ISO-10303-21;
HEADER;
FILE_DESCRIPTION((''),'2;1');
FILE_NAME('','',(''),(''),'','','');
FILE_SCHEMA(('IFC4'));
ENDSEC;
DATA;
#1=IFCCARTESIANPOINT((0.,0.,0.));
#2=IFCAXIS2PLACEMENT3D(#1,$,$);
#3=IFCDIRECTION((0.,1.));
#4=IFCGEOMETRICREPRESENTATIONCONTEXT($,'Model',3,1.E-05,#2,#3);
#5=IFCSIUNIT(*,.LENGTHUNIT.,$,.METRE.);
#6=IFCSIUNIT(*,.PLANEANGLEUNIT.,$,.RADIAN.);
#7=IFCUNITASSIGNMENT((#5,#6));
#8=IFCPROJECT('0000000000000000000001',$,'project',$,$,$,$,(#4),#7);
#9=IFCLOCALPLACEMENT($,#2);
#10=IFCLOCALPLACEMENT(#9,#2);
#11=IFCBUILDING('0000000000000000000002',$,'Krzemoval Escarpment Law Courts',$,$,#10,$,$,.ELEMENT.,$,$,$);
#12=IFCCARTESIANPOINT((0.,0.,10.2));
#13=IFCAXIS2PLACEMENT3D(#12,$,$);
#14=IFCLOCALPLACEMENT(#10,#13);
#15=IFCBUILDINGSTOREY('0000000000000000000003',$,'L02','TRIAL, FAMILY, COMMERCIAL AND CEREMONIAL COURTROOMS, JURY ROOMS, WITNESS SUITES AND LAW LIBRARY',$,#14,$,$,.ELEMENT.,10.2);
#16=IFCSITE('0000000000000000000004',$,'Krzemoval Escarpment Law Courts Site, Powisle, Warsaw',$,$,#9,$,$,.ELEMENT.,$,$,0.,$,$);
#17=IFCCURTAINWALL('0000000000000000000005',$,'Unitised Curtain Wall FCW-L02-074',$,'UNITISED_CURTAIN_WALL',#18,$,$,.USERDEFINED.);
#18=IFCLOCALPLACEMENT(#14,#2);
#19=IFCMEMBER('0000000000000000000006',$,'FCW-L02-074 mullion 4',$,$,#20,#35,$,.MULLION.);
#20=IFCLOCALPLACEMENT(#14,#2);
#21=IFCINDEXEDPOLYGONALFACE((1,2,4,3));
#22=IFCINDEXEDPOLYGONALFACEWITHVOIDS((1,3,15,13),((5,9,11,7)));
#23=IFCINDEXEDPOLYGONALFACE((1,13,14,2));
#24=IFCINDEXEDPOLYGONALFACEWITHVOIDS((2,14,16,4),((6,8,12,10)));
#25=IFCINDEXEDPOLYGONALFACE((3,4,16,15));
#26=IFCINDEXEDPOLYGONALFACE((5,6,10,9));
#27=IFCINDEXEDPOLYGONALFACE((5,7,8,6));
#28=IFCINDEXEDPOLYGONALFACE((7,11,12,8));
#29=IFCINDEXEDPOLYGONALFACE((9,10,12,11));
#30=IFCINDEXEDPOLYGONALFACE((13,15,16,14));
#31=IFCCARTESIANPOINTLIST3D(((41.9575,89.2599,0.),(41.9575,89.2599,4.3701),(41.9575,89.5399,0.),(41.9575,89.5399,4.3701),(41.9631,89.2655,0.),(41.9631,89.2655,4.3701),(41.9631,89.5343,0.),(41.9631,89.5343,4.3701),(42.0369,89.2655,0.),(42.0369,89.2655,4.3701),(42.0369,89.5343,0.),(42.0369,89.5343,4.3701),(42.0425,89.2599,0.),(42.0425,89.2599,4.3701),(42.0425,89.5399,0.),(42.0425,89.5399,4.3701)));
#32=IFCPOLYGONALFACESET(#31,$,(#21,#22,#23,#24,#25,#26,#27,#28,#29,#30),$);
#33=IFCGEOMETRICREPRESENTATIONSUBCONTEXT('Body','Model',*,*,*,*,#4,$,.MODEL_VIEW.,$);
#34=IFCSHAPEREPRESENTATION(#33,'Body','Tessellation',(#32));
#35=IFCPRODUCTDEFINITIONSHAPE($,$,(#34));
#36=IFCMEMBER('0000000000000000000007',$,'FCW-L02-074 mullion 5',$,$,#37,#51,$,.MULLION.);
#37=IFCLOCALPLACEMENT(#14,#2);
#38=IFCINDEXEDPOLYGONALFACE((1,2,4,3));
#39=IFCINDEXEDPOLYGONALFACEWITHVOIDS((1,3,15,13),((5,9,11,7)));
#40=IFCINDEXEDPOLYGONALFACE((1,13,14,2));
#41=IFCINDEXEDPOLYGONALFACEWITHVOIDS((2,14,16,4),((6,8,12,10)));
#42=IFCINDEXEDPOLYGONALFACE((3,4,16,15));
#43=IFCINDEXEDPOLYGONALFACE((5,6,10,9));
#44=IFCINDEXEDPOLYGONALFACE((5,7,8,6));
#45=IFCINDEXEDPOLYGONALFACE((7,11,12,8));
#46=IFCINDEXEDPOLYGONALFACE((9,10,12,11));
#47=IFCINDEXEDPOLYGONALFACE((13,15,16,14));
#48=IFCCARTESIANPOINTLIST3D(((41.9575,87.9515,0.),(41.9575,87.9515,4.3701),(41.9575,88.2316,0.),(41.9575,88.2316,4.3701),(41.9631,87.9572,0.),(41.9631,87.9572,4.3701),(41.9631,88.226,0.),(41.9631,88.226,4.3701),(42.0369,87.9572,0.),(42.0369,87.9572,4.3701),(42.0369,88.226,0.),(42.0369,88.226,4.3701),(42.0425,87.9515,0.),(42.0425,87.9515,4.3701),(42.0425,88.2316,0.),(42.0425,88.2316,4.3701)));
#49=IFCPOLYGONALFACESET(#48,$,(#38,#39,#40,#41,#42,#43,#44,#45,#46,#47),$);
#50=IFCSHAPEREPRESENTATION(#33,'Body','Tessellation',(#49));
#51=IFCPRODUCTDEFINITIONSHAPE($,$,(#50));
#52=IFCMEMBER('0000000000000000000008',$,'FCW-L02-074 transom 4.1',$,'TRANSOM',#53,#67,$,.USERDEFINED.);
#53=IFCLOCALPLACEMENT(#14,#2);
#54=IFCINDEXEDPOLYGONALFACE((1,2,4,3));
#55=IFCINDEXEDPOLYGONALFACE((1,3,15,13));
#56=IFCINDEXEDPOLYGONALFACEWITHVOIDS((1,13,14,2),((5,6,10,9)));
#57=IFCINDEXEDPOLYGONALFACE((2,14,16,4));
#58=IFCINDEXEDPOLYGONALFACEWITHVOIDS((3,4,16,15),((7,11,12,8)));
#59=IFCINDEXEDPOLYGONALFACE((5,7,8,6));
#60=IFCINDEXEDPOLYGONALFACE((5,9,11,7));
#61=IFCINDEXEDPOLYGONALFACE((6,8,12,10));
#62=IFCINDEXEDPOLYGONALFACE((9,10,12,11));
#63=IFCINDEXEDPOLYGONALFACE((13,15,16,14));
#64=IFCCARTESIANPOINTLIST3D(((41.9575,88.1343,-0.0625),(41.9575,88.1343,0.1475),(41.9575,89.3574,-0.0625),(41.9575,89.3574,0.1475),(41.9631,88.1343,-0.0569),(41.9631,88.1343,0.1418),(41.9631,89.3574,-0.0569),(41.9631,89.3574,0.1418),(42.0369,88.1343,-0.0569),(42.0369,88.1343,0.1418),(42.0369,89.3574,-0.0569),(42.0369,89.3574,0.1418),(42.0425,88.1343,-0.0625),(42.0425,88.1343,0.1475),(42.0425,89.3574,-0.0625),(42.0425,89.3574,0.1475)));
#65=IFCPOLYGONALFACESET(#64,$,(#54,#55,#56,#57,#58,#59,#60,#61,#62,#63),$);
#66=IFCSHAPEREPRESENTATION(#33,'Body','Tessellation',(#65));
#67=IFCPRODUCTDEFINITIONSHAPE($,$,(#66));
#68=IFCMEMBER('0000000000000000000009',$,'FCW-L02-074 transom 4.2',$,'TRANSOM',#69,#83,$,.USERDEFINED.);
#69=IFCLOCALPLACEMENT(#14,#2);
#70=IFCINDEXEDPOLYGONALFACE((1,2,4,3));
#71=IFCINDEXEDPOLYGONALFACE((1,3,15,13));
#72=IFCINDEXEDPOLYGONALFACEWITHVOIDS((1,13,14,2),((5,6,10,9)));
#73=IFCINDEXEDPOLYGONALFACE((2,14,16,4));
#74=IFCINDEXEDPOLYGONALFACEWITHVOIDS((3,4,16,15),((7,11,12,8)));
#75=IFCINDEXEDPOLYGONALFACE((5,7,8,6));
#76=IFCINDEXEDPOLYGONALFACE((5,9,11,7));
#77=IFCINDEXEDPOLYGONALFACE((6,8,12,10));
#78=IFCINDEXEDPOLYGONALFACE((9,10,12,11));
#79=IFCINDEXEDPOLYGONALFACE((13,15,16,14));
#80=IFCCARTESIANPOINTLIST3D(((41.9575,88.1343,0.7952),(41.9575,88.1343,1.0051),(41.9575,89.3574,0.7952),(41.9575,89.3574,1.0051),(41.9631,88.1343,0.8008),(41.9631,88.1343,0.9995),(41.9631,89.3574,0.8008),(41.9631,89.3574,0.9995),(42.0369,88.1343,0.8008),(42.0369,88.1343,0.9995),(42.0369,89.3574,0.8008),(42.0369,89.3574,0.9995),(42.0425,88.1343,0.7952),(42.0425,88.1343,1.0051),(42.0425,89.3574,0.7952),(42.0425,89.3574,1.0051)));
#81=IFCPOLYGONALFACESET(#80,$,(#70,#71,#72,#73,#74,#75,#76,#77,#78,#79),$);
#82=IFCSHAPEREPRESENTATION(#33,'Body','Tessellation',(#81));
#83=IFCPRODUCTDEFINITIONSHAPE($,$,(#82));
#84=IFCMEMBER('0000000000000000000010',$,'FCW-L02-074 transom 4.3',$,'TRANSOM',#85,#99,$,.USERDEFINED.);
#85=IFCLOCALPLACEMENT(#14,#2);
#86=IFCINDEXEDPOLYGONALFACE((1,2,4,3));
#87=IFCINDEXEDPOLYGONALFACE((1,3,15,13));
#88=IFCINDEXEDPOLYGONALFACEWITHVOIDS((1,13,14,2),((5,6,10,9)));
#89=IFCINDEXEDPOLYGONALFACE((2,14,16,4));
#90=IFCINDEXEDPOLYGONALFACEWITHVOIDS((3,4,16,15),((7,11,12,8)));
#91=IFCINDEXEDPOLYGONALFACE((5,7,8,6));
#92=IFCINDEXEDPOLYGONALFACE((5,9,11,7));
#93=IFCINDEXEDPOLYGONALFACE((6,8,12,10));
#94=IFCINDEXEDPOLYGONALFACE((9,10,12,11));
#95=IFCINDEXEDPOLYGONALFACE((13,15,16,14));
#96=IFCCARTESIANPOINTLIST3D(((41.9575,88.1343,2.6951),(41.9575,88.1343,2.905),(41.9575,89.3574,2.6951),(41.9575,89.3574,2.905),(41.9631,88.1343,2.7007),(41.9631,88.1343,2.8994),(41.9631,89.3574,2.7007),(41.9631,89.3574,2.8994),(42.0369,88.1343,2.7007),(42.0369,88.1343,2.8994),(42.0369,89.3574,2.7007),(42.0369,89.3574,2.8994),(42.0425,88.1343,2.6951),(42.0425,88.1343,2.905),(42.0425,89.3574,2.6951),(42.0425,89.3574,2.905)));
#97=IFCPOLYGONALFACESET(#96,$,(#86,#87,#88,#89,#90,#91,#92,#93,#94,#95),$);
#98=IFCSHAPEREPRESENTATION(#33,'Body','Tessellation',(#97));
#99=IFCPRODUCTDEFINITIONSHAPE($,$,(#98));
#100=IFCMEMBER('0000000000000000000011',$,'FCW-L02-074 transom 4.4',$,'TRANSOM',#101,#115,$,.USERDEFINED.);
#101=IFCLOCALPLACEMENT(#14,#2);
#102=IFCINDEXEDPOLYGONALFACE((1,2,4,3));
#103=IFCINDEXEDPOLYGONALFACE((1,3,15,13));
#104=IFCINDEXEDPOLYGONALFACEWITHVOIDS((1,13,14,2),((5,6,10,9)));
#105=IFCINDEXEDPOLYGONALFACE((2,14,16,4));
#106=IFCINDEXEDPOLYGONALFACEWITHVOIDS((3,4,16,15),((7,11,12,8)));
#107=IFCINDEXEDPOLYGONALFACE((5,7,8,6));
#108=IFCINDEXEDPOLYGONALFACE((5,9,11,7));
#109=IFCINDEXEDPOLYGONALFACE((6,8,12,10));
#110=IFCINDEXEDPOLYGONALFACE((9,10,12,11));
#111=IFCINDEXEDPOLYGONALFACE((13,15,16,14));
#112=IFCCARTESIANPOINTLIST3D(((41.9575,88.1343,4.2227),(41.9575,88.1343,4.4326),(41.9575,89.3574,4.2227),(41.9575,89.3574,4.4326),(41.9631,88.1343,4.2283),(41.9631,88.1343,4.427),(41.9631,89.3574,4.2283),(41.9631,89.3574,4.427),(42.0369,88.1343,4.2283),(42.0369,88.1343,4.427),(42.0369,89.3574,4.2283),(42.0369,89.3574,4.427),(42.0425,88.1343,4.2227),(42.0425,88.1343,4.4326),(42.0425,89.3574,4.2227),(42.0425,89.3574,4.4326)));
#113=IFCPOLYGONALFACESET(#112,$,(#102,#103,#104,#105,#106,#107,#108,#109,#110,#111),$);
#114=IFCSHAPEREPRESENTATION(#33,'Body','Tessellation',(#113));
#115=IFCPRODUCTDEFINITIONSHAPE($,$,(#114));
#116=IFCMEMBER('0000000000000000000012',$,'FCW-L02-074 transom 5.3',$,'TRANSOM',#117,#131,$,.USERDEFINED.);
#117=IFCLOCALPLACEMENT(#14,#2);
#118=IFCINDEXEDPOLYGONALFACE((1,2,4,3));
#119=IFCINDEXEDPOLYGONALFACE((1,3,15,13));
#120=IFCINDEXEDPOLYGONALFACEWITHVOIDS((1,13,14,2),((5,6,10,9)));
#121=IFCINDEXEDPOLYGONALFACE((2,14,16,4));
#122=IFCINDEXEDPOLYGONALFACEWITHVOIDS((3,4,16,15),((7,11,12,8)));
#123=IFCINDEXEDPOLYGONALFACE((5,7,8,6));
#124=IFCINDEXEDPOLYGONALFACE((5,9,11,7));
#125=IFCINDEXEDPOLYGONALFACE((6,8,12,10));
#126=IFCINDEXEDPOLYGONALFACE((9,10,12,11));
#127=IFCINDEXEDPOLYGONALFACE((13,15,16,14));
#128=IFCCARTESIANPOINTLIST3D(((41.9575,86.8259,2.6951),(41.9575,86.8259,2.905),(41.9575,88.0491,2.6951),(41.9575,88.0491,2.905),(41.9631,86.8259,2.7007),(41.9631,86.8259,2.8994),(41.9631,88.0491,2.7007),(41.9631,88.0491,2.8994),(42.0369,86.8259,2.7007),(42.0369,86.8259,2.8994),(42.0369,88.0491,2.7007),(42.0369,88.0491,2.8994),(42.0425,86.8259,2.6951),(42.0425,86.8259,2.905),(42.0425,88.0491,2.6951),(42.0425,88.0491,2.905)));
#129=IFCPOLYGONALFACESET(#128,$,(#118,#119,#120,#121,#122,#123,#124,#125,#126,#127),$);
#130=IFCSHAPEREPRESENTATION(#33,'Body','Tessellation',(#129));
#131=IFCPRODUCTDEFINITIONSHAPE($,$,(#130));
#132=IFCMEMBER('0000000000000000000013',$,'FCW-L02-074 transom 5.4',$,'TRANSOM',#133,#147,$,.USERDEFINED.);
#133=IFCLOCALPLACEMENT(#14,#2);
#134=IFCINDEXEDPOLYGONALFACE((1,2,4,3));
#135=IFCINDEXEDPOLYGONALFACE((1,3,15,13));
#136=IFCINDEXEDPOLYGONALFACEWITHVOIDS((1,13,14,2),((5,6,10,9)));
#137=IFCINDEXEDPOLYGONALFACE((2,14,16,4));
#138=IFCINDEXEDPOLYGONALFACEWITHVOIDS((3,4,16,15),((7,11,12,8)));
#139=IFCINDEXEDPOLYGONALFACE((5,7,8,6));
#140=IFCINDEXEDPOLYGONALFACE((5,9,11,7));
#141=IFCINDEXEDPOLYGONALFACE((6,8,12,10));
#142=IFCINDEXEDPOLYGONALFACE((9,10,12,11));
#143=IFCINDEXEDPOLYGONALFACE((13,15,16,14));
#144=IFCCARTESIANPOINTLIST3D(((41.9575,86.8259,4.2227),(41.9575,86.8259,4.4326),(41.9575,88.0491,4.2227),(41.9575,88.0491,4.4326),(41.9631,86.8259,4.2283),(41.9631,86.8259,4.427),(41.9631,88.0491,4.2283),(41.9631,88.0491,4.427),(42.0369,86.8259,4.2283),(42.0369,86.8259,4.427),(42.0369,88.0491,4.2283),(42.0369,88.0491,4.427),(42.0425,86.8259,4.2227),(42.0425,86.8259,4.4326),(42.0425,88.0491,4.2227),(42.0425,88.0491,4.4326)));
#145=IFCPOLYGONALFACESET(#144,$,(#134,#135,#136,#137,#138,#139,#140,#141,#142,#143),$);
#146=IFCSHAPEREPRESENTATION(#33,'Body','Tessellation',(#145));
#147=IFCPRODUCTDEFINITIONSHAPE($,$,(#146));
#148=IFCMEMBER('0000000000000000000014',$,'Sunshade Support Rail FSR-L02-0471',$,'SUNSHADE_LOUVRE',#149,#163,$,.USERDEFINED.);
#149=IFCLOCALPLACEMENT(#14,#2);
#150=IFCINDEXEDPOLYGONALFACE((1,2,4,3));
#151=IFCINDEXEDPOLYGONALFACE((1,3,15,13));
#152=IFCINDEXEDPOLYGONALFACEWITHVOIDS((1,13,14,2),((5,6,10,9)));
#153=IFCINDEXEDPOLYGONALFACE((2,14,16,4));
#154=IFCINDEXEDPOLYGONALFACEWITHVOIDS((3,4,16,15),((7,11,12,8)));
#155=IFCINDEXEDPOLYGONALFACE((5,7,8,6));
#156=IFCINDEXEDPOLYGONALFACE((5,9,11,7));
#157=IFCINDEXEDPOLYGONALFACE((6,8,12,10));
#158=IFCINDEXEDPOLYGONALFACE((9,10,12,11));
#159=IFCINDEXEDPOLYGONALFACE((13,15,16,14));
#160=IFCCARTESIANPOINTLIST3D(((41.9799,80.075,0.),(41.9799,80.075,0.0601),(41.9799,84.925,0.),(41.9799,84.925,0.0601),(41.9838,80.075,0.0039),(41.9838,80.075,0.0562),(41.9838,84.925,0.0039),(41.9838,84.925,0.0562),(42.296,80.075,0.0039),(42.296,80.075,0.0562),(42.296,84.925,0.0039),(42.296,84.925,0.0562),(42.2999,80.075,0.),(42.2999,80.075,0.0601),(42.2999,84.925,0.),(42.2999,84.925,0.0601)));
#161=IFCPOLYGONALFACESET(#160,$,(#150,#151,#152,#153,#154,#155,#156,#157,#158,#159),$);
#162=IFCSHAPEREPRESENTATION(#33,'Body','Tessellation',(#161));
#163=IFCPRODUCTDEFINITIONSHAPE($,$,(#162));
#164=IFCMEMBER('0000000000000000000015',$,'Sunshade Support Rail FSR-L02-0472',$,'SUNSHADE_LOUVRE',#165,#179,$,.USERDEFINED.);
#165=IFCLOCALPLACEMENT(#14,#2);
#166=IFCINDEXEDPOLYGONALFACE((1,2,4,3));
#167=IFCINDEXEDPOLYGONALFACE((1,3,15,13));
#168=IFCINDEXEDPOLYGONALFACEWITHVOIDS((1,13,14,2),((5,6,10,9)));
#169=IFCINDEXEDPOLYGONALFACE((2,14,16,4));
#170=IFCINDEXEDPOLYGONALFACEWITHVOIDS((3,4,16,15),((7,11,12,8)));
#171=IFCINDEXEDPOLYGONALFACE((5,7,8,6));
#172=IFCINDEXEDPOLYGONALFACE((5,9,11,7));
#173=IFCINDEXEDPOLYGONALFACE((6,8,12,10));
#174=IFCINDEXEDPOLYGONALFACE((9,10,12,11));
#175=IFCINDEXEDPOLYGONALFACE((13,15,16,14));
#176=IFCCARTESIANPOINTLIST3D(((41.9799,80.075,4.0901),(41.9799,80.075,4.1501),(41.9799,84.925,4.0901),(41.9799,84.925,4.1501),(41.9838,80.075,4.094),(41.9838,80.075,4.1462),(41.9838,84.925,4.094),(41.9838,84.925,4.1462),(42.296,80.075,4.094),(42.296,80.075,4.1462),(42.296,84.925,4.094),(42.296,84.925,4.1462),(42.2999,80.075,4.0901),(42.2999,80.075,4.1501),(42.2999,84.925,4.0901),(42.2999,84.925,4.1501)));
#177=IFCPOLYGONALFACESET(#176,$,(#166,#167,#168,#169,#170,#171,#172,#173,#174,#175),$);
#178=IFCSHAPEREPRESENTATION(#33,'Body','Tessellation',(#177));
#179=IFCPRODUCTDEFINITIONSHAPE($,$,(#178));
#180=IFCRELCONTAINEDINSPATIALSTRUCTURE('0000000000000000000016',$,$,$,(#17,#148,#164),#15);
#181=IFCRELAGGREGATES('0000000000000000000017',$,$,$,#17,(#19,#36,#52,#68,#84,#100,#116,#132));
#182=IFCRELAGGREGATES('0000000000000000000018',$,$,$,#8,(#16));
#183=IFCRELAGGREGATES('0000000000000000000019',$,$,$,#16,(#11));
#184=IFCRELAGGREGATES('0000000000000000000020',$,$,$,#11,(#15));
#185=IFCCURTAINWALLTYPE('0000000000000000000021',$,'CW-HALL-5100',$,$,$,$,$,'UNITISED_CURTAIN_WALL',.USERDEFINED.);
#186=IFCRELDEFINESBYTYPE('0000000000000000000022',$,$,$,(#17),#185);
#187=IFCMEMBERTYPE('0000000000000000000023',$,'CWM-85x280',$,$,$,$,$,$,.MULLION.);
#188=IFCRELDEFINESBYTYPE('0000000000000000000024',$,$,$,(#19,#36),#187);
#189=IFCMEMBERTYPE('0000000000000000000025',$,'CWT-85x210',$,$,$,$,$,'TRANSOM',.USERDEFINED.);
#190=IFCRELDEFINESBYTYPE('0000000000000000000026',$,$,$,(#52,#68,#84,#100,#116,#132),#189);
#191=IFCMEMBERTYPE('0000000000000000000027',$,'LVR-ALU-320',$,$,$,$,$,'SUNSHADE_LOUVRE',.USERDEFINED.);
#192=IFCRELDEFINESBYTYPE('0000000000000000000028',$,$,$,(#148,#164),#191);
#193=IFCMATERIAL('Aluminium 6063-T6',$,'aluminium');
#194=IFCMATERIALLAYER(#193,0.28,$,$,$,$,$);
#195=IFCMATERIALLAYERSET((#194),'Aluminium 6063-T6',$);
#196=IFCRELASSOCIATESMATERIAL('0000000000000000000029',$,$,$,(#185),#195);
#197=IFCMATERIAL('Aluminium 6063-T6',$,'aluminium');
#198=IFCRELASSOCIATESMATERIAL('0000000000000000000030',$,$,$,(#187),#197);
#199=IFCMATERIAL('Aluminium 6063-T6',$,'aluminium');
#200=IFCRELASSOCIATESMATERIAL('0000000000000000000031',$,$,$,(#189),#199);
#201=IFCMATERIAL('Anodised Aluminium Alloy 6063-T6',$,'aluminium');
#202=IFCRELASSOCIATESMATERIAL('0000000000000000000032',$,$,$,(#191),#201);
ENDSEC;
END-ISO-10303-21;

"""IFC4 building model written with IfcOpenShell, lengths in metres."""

from ifc_helpers import new_model, si_unit, direction, frame, origin, origin_2d, place, context, subcontext, project, spatial, hollow_rectangle, extrude, material, layer, layer_set, material_profile, profile_set, type_object, element, aggregate, save


model = new_model("IFC4")

# Units and contexts
model_context = context("Model", 3, precision=1e-05, world=origin(), true_north=direction((0.0, 1.0)))
body_context = subcontext(model_context, "Body", "Model", "MODEL_VIEW")
ifc_project = project(units=[si_unit("LENGTHUNIT", "METRE"), si_unit("PLANEANGLEUNIT", "RADIAN")], contexts=[model_context])

# Site, building, storey
site_placement = place(None, origin())
site = spatial("IfcSite", under=ifc_project, at=site_placement, Name="Krzemoval Escarpment Law Courts Site, Powisle, Warsaw", CompositionType="ELEMENT", RefElevation=0.0)
building_placement = place(site_placement, origin())
building = spatial("IfcBuilding", under=site, at=building_placement, Name="Krzemoval Escarpment Law Courts", CompositionType="ELEMENT")
storey_placement = place(building_placement, frame((0.0, 0.0, 10.2)))
storey = spatial("IfcBuildingStorey", under=building, at=storey_placement, Name="L02", Description="TRIAL, FAMILY, COMMERCIAL AND CEREMONIAL COURTROOMS, JURY ROOMS, WITNESS SUITES AND LAW LIBRARY", CompositionType="ELEMENT", Elevation=10.2)

# Curtain wall, members
ifc_material_1 = material(Name="Aluminium 6063-T6", Category="aluminium")
ifc_layer_1 = layer(ifc_material_1, 0.28)
ifc_layer_set_1 = layer_set([ifc_layer_1], Name="Aluminium 6063-T6")
curtain_wall_type = type_object("IfcCurtainWallType", Name="CW-HALL-5100", ElementType="UNITISED_CURTAIN_WALL", PredefinedType="USERDEFINED", material=ifc_layer_set_1)
curtain_wall_placement = place(storey_placement, origin())
curtain_wall = element("IfcCurtainWall", 1, at=curtain_wall_placement, inside=storey, type_object=curtain_wall_type, Name="Unitised Curtain Wall FCW-L02-074", ObjectType="UNITISED_CURTAIN_WALL", PredefinedType="USERDEFINED")
ifc_material_2 = material(Name="Aluminium 6063-T6", Category="aluminium")
ifc_material_profile_1 = material_profile(ifc_material_2, hollow_rectangle(XDim=0.085, YDim=0.28, WallThickness=0.0056, at=origin_2d()), Name="ALU M85x280")
ifc_profile_set_1 = profile_set([ifc_material_profile_1], Name="Aluminium 6063-T6")
member_type_1 = type_object("IfcMemberType", Name="CWM-85x280", PredefinedType="MULLION", material=ifc_profile_set_1)
member_1_placement = place(storey_placement, frame((42.0, 89.3999, 0.0), z_axis=(0.0, 0.0, 1.0), x_axis=(1.0, 0.0, 0.0)))
member_1 = element("IfcMember", 2, at=member_1_placement, type_object=member_type_1, Name="FCW-L02-074 mullion 4", PredefinedType="MULLION", context=body_context, shape_type="SweptSolid", body=[
    extrude(hollow_rectangle(XDim=0.085, YDim=0.28, WallThickness=0.0056, at=origin_2d()), origin(), (0.0, 0.0, 1.0), 4.3701),
])
member_2_placement = place(storey_placement, frame((42.0, 88.0916, 0.0), z_axis=(0.0, 0.0, 1.0), x_axis=(1.0, 0.0, 0.0)))
member_2 = element("IfcMember", 3, at=member_2_placement, type_object=member_type_1, Name="FCW-L02-074 mullion 5", PredefinedType="MULLION", context=body_context, shape_type="SweptSolid", body=[
    extrude(hollow_rectangle(XDim=0.085, YDim=0.28, WallThickness=0.0056, at=origin_2d()), origin(), (0.0, 0.0, 1.0), 4.3701),
])
ifc_material_3 = material(Name="Aluminium 6063-T6", Category="aluminium")
ifc_material_profile_2 = material_profile(ifc_material_3, hollow_rectangle(XDim=0.085, YDim=0.21, WallThickness=0.0056, at=origin_2d()), Name="ALU T85x210")
ifc_profile_set_2 = profile_set([ifc_material_profile_2], Name="Aluminium 6063-T6")
member_type_2 = type_object("IfcMemberType", Name="CWT-85x210", ElementType="TRANSOM", PredefinedType="USERDEFINED", material=ifc_profile_set_2)
member_3_placement = place(storey_placement, frame((42.0, 89.3574, 0.0425), z_axis=(0.0, -1.0, 0.0), x_axis=(1.0, 0.0, 0.0)))
member_3 = element("IfcMember", 4, at=member_3_placement, type_object=member_type_2, Name="FCW-L02-074 transom 4.1", ObjectType="TRANSOM", PredefinedType="USERDEFINED", context=body_context, shape_type="SweptSolid", body=[
    extrude(hollow_rectangle(XDim=0.085, YDim=0.21, WallThickness=0.0056, at=origin_2d()), origin(), (0.0, 0.0, 1.0), 1.2231),
])
member_4_placement = place(storey_placement, frame((42.0, 89.3574, 0.9001), z_axis=(0.0, -1.0, 0.0), x_axis=(1.0, 0.0, 0.0)))
member_4 = element("IfcMember", 5, at=member_4_placement, type_object=member_type_2, Name="FCW-L02-074 transom 4.2", ObjectType="TRANSOM", PredefinedType="USERDEFINED", context=body_context, shape_type="SweptSolid", body=[
    extrude(hollow_rectangle(XDim=0.085, YDim=0.21, WallThickness=0.0056, at=origin_2d()), origin(), (0.0, 0.0, 1.0), 1.2231),
])
member_5_placement = place(storey_placement, frame((42.0, 89.3574, 2.8), z_axis=(0.0, -1.0, 0.0), x_axis=(1.0, 0.0, 0.0)))
member_5 = element("IfcMember", 6, at=member_5_placement, type_object=member_type_2, Name="FCW-L02-074 transom 4.3", ObjectType="TRANSOM", PredefinedType="USERDEFINED", context=body_context, shape_type="SweptSolid", body=[
    extrude(hollow_rectangle(XDim=0.085, YDim=0.21, WallThickness=0.0056, at=origin_2d()), origin(), (0.0, 0.0, 1.0), 1.2231),
])
member_6_placement = place(storey_placement, frame((42.0, 89.3574, 4.3276), z_axis=(0.0, -1.0, 0.0), x_axis=(1.0, 0.0, 0.0)))
member_6 = element("IfcMember", 7, at=member_6_placement, type_object=member_type_2, Name="FCW-L02-074 transom 4.4", ObjectType="TRANSOM", PredefinedType="USERDEFINED", context=body_context, shape_type="SweptSolid", body=[
    extrude(hollow_rectangle(XDim=0.085, YDim=0.21, WallThickness=0.0056, at=origin_2d()), origin(), (0.0, 0.0, 1.0), 1.2231),
])
member_7_placement = place(storey_placement, frame((42.0, 88.0491, 2.8), z_axis=(0.0, -1.0, 0.0), x_axis=(1.0, 0.0, 0.0)))
member_7 = element("IfcMember", 8, at=member_7_placement, type_object=member_type_2, Name="FCW-L02-074 transom 5.3", ObjectType="TRANSOM", PredefinedType="USERDEFINED", context=body_context, shape_type="SweptSolid", body=[
    extrude(hollow_rectangle(XDim=0.085, YDim=0.21, WallThickness=0.0056, at=origin_2d()), origin(), (0.0, 0.0, 1.0), 1.2231),
])
member_8_placement = place(storey_placement, frame((42.0, 88.0491, 4.3276), z_axis=(0.0, -1.0, 0.0), x_axis=(1.0, 0.0, 0.0)))
member_8 = element("IfcMember", 9, at=member_8_placement, type_object=member_type_2, Name="FCW-L02-074 transom 5.4", ObjectType="TRANSOM", PredefinedType="USERDEFINED", context=body_context, shape_type="SweptSolid", body=[
    extrude(hollow_rectangle(XDim=0.085, YDim=0.21, WallThickness=0.0056, at=origin_2d()), origin(), (0.0, 0.0, 1.0), 1.2231),
])

# Members
ifc_material_4 = material(Name="Anodised Aluminium Alloy 6063-T6", Category="aluminium")
ifc_material_profile_3 = material_profile(ifc_material_4, hollow_rectangle(XDim=0.0601, YDim=0.3201, WallThickness=0.0039, at=origin_2d()), Name="ALU LVR 60x320")
ifc_profile_set_3 = profile_set([ifc_material_profile_3], Name="Anodised Aluminium Alloy 6063-T6")
member_type_3 = type_object("IfcMemberType", Name="LVR-ALU-320", ElementType="SUNSHADE_LOUVRE", PredefinedType="USERDEFINED", material=ifc_profile_set_3)
for number, where, z_axis, x_axis, name in (
    (10, (42.1399, 84.925, 0.03), (0.0, -1.0, 0.0), (0.0, 0.0, 1.0), "Sunshade Support Rail FSR-L02-0471"),
    (11, (42.1399, 84.925, 4.1201), (0.0, -1.0, 0.0), (0.0, 0.0, 1.0), "Sunshade Support Rail FSR-L02-0472"),
):
    element("IfcMember", number, at=place(storey_placement, frame(where, z_axis=z_axis, x_axis=x_axis)), inside=storey, type_object=member_type_3, Name=name, ObjectType="SUNSHADE_LOUVRE", PredefinedType="USERDEFINED", context=body_context, shape_type="SweptSolid", body=[
        extrude(hollow_rectangle(XDim=0.0601, YDim=0.3201, WallThickness=0.0039, at=origin_2d()), origin(), (0.0, 0.0, 1.0), 4.8501),
    ])

aggregate(curtain_wall, [member_1, member_2, member_3, member_4, member_5, member_6, member_7, member_8])

save(model, "model.ifc")
